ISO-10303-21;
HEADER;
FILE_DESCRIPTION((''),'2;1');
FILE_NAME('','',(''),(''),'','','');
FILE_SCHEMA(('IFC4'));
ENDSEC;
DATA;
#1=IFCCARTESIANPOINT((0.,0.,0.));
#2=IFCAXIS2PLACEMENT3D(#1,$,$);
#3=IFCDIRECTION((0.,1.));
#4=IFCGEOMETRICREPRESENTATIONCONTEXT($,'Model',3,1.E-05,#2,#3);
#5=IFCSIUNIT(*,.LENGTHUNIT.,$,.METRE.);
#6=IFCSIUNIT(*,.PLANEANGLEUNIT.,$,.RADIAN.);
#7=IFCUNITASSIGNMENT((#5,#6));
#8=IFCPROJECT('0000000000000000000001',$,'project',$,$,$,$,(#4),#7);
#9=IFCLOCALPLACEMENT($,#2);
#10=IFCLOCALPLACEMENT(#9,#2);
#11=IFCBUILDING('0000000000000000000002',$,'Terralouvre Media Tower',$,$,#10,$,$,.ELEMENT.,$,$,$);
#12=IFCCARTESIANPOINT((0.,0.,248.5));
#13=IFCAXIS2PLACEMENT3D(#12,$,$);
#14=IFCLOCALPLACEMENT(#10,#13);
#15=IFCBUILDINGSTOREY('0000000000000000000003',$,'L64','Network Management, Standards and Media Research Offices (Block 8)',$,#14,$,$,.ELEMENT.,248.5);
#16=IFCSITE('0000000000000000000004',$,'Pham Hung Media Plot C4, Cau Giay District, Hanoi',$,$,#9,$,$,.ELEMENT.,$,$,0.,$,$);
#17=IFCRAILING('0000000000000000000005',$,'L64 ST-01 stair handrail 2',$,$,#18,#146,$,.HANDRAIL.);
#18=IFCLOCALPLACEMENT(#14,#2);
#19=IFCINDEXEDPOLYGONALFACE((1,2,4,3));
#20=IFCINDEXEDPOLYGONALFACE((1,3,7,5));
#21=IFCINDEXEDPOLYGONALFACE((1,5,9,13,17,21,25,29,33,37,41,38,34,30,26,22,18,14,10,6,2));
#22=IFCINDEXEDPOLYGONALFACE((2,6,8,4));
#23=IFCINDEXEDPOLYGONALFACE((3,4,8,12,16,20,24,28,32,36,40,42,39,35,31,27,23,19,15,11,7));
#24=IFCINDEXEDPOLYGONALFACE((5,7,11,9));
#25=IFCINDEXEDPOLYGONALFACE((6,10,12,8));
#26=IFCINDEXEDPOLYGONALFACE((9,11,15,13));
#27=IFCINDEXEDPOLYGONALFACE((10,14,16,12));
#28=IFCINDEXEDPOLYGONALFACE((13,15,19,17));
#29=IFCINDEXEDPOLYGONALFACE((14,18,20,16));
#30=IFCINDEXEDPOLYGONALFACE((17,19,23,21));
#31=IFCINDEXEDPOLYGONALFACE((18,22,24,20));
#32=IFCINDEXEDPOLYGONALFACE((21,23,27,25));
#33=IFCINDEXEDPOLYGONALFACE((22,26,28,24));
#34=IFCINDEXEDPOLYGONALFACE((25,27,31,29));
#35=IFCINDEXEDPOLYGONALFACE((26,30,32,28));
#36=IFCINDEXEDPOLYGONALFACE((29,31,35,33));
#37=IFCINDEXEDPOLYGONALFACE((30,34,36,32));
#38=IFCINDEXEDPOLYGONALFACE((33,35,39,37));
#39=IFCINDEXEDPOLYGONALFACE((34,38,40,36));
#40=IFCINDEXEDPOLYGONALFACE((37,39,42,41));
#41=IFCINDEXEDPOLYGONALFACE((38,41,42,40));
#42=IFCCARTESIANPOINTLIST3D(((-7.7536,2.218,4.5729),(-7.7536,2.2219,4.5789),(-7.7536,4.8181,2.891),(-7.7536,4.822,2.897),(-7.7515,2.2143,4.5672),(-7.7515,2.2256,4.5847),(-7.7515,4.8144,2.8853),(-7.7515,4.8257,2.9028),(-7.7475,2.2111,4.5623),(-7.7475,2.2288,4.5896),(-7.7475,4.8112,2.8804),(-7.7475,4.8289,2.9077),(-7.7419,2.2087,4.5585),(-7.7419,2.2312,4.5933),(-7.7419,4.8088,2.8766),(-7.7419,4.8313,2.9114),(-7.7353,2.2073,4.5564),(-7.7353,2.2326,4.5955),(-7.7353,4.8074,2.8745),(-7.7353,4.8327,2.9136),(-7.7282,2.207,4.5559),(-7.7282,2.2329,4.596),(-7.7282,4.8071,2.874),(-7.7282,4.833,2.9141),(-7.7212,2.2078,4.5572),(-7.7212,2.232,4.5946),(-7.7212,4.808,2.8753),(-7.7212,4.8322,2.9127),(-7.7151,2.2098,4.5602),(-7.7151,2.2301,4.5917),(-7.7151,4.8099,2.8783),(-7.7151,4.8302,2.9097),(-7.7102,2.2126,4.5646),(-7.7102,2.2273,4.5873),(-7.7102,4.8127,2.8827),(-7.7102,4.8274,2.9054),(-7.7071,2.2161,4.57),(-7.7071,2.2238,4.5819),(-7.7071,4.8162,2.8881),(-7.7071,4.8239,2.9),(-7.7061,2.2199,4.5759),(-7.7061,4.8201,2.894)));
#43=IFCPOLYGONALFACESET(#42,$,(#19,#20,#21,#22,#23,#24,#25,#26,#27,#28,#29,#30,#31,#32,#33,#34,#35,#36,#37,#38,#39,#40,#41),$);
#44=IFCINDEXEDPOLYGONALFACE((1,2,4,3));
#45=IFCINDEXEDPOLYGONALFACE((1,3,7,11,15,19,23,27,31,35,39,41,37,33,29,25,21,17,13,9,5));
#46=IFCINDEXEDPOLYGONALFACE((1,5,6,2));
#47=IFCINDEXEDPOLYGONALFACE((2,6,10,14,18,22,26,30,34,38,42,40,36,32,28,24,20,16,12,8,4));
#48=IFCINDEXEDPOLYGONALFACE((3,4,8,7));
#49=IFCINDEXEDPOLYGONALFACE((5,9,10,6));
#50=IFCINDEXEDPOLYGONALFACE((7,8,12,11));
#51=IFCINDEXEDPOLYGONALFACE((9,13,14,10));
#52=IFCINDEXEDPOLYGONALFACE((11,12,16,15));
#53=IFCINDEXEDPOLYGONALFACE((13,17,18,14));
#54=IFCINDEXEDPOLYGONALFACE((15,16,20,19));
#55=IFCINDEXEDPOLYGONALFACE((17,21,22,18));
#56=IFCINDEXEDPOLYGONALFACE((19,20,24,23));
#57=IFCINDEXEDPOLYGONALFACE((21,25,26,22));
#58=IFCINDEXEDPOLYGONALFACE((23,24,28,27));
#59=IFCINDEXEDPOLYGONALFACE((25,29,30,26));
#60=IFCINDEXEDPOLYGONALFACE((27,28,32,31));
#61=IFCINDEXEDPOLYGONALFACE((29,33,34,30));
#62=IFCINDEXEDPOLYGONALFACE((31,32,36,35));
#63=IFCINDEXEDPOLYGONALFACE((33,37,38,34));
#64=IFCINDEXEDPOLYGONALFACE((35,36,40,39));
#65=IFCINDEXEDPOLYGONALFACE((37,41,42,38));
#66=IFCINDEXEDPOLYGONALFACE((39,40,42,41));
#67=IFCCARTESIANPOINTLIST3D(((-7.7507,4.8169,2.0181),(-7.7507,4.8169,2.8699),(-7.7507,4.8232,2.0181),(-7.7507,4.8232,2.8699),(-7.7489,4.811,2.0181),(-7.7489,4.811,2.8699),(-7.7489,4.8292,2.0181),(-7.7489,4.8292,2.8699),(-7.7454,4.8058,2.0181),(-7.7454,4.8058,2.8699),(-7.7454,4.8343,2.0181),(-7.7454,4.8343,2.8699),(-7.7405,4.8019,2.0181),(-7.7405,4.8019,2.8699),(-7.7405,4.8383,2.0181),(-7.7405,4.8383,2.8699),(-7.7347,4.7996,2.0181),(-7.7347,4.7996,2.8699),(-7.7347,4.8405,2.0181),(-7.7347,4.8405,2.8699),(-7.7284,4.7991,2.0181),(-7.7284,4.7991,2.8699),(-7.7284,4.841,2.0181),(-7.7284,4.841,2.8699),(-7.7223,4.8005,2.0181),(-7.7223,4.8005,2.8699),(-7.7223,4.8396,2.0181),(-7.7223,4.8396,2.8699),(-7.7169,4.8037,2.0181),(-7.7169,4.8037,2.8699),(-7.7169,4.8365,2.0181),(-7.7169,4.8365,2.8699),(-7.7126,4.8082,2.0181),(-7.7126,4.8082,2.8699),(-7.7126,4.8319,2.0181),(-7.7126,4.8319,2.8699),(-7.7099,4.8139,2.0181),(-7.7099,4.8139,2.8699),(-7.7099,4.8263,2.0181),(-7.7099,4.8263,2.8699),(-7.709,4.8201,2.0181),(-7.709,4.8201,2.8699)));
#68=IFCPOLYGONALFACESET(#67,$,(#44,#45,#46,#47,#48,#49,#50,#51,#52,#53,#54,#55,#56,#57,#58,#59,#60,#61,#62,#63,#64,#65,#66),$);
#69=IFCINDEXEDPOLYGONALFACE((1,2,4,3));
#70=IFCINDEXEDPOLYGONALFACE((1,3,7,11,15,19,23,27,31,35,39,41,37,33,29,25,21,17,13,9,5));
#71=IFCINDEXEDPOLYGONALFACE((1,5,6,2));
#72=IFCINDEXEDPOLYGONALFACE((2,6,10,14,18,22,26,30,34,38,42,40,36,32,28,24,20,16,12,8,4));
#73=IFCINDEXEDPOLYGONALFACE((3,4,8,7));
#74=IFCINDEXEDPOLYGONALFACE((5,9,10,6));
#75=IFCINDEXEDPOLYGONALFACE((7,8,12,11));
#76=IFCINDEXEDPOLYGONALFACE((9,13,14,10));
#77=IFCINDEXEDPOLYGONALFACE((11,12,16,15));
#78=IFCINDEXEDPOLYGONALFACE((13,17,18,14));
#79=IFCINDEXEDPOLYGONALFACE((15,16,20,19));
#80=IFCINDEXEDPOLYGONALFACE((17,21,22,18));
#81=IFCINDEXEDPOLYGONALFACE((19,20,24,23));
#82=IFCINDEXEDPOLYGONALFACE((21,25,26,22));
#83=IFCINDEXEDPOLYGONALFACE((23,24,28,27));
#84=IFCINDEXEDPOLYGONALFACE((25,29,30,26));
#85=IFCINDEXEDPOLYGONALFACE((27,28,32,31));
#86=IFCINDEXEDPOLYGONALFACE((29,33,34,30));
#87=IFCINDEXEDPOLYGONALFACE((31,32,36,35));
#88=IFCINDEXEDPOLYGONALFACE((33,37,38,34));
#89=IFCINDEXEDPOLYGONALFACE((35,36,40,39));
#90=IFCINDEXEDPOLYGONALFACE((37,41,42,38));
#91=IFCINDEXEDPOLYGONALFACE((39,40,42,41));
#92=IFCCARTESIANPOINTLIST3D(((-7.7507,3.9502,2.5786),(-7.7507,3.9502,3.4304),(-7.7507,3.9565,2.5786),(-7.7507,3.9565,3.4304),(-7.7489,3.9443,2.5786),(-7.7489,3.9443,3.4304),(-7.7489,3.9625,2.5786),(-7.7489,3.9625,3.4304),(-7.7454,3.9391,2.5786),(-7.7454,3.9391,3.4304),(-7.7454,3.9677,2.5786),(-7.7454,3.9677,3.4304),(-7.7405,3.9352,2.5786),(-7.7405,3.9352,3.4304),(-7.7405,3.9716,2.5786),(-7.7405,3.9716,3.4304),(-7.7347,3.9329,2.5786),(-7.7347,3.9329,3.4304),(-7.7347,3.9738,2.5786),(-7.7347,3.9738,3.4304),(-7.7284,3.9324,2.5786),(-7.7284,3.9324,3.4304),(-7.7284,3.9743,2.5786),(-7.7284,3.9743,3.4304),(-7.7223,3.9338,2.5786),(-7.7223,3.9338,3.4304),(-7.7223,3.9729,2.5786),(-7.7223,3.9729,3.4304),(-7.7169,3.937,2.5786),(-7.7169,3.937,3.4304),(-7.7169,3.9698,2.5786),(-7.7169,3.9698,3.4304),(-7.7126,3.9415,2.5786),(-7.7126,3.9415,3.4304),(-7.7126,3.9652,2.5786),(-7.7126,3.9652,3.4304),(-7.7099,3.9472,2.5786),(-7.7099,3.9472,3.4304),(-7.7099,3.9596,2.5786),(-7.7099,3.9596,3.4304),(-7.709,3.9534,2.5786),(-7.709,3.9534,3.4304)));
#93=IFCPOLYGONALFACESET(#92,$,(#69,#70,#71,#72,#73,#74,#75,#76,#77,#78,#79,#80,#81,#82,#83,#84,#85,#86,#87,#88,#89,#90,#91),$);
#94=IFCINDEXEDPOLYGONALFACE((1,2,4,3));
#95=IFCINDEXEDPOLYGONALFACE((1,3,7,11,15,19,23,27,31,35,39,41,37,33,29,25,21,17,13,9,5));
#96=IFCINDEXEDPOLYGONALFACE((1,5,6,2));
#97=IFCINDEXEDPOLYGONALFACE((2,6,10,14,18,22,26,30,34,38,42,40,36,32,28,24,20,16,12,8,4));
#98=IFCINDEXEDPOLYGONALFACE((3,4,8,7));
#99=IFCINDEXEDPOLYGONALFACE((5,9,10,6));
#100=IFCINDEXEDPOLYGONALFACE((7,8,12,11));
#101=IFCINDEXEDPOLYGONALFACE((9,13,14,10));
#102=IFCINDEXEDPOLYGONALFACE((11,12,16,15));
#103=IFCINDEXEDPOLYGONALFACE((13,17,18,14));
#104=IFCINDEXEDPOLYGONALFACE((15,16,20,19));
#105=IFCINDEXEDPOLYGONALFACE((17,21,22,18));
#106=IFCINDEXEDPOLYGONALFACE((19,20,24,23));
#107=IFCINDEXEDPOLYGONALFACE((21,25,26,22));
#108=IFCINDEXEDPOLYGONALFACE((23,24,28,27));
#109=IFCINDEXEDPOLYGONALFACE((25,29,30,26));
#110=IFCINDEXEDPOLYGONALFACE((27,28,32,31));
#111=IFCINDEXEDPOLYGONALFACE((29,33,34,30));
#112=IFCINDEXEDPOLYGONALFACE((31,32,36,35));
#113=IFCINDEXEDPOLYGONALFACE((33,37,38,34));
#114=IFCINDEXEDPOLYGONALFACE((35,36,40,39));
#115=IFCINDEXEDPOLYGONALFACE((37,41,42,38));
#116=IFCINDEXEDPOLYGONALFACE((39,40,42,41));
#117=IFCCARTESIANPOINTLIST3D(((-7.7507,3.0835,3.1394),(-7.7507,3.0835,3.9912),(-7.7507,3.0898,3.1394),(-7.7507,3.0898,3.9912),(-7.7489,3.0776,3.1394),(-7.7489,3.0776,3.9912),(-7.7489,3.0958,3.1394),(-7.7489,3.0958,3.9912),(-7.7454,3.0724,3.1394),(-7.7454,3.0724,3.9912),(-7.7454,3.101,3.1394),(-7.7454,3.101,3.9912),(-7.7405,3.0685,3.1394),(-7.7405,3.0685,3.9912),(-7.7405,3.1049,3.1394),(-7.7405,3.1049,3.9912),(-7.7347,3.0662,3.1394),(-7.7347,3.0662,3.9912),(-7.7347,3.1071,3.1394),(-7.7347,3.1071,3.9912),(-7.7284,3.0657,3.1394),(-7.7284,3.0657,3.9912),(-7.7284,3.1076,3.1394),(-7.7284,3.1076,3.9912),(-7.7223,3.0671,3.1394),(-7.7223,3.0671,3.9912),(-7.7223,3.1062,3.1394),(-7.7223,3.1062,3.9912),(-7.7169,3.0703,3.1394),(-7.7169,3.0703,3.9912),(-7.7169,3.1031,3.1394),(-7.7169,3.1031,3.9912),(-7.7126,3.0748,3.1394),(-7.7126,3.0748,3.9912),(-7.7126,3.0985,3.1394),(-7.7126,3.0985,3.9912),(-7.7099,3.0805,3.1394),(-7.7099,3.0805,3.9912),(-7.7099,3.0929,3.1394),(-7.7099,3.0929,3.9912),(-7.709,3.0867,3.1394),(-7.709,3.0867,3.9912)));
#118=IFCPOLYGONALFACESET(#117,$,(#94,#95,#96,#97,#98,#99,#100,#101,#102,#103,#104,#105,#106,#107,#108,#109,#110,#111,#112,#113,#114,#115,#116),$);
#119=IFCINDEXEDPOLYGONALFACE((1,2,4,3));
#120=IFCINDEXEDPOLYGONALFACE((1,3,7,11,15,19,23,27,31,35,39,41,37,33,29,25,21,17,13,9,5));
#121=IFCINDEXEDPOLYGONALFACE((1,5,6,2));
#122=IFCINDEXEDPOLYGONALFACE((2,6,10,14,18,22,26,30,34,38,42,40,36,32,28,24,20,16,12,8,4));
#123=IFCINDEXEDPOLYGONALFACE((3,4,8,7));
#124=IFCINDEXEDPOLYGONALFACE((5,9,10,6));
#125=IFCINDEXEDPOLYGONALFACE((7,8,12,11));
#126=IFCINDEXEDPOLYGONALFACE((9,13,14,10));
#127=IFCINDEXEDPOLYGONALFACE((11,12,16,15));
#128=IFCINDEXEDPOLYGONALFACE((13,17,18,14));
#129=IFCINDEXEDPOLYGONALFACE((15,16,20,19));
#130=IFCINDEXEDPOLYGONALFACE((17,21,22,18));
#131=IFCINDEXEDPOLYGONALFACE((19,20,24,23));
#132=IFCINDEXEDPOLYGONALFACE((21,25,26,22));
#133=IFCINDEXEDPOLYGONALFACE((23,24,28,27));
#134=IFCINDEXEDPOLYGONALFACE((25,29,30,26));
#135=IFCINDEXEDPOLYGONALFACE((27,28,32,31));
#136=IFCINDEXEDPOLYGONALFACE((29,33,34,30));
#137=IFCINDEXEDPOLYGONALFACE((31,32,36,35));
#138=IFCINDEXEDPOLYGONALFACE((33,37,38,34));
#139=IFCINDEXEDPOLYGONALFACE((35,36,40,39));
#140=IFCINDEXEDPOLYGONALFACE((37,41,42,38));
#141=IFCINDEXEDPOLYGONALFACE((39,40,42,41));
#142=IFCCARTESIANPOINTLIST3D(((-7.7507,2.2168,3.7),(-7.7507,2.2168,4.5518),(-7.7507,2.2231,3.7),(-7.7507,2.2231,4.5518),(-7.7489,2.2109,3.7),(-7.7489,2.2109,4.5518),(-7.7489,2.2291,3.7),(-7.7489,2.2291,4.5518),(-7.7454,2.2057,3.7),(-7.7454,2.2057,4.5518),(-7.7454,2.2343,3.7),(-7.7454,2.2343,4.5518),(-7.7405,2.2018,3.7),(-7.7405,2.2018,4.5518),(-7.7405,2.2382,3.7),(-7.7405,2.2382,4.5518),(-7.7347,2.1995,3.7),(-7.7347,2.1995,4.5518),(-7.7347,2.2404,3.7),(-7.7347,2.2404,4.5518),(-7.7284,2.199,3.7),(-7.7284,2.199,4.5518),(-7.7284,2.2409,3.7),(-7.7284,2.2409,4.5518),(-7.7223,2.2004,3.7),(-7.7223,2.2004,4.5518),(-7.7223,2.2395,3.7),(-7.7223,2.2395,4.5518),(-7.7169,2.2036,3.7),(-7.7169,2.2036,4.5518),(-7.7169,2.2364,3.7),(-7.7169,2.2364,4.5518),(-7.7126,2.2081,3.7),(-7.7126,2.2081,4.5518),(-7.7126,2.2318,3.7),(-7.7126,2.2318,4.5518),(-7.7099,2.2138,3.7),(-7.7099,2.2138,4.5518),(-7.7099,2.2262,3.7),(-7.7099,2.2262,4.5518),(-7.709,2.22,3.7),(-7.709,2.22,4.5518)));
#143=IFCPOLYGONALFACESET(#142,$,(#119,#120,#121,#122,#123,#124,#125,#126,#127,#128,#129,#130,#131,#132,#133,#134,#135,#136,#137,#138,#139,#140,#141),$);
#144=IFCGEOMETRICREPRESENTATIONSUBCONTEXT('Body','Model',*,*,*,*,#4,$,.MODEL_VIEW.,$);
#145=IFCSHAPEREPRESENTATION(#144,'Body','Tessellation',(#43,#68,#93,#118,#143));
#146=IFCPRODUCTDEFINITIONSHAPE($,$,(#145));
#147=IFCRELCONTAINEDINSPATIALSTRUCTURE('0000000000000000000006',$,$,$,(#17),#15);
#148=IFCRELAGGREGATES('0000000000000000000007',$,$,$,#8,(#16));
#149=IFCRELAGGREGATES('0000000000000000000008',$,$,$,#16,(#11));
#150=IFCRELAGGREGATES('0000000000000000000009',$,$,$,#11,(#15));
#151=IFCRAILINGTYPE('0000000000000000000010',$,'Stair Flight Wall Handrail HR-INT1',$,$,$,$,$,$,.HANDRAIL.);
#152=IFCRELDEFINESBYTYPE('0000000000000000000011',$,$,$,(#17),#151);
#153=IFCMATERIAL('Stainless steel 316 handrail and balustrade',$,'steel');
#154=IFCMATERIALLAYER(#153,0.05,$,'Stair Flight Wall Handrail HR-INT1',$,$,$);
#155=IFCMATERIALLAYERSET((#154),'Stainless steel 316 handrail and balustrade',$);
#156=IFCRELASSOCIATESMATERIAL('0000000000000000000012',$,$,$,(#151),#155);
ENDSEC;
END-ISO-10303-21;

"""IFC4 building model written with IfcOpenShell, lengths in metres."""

from ifc_helpers import new_model, si_unit, direction, frame, origin, origin_2d, place, context, subcontext, project, spatial, circle, extrude, material, layer, layer_set, type_object, element, save


model = new_model("IFC4")

# Units and contexts
model_context = context("Model", 3, precision=1e-05, world=origin(), true_north=direction((0.0, 1.0)))
body_context = subcontext(model_context, "Body", "Model", "MODEL_VIEW")
ifc_project = project(units=[si_unit("LENGTHUNIT", "METRE"), si_unit("PLANEANGLEUNIT", "RADIAN")], contexts=[model_context])

# Site, building, storey
site_placement = place(None, origin())
site = spatial("IfcSite", under=ifc_project, at=site_placement, Name="Pham Hung Media Plot C4, Cau Giay District, Hanoi", CompositionType="ELEMENT", RefElevation=0.0)
building_placement = place(site_placement, origin())
building = spatial("IfcBuilding", under=site, at=building_placement, Name="Terralouvre Media Tower", CompositionType="ELEMENT")
storey_placement = place(building_placement, frame((0.0, 0.0, 248.5)))
storey = spatial("IfcBuildingStorey", under=building, at=storey_placement, Name="L64", Description="Network Management, Standards and Media Research Offices (Block 8)", CompositionType="ELEMENT", Elevation=248.5)

# Railing
ifc_material_1 = material(Name="Stainless steel 316 handrail and balustrade", Category="steel")
ifc_layer_1 = layer(ifc_material_1, 0.05, Name="Stair Flight Wall Handrail HR-INT1")
ifc_layer_set_1 = layer_set([ifc_layer_1], Name="Stainless steel 316 handrail and balustrade")
railing_type_1 = type_object("IfcRailingType", Name="Stair Flight Wall Handrail HR-INT1", PredefinedType="HANDRAIL", material=ifc_layer_set_1)
railing_1_placement = place(storey_placement, frame((-7.73, 4.8201, 2.0181)))
element("IfcRailing", 1, at=railing_1_placement, inside=storey, type_object=railing_type_1, Name="L64 ST-01 stair handrail 2", PredefinedType="HANDRAIL", context=body_context, shape_type="SweptSolid", body=[
    extrude(circle(Radius=0.0239, at=origin_2d()), frame((0.0, 0.0, 0.876), z_axis=(0.0, -0.839648, 0.54313), x_axis=(1.0, 0.0, 0.0)), (0.0, 0.0, 1.0), 3.0967),
    extrude(circle(Radius=0.021, at=origin_2d()), origin(), (0.0, 0.0, 1.0), 0.8518),
    extrude(circle(Radius=0.021, at=origin_2d()), frame((0.0, -0.8667, 0.5605)), (0.0, 0.0, 1.0), 0.8518),
    extrude(circle(Radius=0.021, at=origin_2d()), frame((0.0, -1.7334, 1.1213)), (0.0, 0.0, 1.0), 0.8518),
    extrude(circle(Radius=0.021, at=origin_2d()), frame((0.0, -2.6001, 1.6819)), (0.0, 0.0, 1.0), 0.8518),
])

save(model, "model.ifc")
